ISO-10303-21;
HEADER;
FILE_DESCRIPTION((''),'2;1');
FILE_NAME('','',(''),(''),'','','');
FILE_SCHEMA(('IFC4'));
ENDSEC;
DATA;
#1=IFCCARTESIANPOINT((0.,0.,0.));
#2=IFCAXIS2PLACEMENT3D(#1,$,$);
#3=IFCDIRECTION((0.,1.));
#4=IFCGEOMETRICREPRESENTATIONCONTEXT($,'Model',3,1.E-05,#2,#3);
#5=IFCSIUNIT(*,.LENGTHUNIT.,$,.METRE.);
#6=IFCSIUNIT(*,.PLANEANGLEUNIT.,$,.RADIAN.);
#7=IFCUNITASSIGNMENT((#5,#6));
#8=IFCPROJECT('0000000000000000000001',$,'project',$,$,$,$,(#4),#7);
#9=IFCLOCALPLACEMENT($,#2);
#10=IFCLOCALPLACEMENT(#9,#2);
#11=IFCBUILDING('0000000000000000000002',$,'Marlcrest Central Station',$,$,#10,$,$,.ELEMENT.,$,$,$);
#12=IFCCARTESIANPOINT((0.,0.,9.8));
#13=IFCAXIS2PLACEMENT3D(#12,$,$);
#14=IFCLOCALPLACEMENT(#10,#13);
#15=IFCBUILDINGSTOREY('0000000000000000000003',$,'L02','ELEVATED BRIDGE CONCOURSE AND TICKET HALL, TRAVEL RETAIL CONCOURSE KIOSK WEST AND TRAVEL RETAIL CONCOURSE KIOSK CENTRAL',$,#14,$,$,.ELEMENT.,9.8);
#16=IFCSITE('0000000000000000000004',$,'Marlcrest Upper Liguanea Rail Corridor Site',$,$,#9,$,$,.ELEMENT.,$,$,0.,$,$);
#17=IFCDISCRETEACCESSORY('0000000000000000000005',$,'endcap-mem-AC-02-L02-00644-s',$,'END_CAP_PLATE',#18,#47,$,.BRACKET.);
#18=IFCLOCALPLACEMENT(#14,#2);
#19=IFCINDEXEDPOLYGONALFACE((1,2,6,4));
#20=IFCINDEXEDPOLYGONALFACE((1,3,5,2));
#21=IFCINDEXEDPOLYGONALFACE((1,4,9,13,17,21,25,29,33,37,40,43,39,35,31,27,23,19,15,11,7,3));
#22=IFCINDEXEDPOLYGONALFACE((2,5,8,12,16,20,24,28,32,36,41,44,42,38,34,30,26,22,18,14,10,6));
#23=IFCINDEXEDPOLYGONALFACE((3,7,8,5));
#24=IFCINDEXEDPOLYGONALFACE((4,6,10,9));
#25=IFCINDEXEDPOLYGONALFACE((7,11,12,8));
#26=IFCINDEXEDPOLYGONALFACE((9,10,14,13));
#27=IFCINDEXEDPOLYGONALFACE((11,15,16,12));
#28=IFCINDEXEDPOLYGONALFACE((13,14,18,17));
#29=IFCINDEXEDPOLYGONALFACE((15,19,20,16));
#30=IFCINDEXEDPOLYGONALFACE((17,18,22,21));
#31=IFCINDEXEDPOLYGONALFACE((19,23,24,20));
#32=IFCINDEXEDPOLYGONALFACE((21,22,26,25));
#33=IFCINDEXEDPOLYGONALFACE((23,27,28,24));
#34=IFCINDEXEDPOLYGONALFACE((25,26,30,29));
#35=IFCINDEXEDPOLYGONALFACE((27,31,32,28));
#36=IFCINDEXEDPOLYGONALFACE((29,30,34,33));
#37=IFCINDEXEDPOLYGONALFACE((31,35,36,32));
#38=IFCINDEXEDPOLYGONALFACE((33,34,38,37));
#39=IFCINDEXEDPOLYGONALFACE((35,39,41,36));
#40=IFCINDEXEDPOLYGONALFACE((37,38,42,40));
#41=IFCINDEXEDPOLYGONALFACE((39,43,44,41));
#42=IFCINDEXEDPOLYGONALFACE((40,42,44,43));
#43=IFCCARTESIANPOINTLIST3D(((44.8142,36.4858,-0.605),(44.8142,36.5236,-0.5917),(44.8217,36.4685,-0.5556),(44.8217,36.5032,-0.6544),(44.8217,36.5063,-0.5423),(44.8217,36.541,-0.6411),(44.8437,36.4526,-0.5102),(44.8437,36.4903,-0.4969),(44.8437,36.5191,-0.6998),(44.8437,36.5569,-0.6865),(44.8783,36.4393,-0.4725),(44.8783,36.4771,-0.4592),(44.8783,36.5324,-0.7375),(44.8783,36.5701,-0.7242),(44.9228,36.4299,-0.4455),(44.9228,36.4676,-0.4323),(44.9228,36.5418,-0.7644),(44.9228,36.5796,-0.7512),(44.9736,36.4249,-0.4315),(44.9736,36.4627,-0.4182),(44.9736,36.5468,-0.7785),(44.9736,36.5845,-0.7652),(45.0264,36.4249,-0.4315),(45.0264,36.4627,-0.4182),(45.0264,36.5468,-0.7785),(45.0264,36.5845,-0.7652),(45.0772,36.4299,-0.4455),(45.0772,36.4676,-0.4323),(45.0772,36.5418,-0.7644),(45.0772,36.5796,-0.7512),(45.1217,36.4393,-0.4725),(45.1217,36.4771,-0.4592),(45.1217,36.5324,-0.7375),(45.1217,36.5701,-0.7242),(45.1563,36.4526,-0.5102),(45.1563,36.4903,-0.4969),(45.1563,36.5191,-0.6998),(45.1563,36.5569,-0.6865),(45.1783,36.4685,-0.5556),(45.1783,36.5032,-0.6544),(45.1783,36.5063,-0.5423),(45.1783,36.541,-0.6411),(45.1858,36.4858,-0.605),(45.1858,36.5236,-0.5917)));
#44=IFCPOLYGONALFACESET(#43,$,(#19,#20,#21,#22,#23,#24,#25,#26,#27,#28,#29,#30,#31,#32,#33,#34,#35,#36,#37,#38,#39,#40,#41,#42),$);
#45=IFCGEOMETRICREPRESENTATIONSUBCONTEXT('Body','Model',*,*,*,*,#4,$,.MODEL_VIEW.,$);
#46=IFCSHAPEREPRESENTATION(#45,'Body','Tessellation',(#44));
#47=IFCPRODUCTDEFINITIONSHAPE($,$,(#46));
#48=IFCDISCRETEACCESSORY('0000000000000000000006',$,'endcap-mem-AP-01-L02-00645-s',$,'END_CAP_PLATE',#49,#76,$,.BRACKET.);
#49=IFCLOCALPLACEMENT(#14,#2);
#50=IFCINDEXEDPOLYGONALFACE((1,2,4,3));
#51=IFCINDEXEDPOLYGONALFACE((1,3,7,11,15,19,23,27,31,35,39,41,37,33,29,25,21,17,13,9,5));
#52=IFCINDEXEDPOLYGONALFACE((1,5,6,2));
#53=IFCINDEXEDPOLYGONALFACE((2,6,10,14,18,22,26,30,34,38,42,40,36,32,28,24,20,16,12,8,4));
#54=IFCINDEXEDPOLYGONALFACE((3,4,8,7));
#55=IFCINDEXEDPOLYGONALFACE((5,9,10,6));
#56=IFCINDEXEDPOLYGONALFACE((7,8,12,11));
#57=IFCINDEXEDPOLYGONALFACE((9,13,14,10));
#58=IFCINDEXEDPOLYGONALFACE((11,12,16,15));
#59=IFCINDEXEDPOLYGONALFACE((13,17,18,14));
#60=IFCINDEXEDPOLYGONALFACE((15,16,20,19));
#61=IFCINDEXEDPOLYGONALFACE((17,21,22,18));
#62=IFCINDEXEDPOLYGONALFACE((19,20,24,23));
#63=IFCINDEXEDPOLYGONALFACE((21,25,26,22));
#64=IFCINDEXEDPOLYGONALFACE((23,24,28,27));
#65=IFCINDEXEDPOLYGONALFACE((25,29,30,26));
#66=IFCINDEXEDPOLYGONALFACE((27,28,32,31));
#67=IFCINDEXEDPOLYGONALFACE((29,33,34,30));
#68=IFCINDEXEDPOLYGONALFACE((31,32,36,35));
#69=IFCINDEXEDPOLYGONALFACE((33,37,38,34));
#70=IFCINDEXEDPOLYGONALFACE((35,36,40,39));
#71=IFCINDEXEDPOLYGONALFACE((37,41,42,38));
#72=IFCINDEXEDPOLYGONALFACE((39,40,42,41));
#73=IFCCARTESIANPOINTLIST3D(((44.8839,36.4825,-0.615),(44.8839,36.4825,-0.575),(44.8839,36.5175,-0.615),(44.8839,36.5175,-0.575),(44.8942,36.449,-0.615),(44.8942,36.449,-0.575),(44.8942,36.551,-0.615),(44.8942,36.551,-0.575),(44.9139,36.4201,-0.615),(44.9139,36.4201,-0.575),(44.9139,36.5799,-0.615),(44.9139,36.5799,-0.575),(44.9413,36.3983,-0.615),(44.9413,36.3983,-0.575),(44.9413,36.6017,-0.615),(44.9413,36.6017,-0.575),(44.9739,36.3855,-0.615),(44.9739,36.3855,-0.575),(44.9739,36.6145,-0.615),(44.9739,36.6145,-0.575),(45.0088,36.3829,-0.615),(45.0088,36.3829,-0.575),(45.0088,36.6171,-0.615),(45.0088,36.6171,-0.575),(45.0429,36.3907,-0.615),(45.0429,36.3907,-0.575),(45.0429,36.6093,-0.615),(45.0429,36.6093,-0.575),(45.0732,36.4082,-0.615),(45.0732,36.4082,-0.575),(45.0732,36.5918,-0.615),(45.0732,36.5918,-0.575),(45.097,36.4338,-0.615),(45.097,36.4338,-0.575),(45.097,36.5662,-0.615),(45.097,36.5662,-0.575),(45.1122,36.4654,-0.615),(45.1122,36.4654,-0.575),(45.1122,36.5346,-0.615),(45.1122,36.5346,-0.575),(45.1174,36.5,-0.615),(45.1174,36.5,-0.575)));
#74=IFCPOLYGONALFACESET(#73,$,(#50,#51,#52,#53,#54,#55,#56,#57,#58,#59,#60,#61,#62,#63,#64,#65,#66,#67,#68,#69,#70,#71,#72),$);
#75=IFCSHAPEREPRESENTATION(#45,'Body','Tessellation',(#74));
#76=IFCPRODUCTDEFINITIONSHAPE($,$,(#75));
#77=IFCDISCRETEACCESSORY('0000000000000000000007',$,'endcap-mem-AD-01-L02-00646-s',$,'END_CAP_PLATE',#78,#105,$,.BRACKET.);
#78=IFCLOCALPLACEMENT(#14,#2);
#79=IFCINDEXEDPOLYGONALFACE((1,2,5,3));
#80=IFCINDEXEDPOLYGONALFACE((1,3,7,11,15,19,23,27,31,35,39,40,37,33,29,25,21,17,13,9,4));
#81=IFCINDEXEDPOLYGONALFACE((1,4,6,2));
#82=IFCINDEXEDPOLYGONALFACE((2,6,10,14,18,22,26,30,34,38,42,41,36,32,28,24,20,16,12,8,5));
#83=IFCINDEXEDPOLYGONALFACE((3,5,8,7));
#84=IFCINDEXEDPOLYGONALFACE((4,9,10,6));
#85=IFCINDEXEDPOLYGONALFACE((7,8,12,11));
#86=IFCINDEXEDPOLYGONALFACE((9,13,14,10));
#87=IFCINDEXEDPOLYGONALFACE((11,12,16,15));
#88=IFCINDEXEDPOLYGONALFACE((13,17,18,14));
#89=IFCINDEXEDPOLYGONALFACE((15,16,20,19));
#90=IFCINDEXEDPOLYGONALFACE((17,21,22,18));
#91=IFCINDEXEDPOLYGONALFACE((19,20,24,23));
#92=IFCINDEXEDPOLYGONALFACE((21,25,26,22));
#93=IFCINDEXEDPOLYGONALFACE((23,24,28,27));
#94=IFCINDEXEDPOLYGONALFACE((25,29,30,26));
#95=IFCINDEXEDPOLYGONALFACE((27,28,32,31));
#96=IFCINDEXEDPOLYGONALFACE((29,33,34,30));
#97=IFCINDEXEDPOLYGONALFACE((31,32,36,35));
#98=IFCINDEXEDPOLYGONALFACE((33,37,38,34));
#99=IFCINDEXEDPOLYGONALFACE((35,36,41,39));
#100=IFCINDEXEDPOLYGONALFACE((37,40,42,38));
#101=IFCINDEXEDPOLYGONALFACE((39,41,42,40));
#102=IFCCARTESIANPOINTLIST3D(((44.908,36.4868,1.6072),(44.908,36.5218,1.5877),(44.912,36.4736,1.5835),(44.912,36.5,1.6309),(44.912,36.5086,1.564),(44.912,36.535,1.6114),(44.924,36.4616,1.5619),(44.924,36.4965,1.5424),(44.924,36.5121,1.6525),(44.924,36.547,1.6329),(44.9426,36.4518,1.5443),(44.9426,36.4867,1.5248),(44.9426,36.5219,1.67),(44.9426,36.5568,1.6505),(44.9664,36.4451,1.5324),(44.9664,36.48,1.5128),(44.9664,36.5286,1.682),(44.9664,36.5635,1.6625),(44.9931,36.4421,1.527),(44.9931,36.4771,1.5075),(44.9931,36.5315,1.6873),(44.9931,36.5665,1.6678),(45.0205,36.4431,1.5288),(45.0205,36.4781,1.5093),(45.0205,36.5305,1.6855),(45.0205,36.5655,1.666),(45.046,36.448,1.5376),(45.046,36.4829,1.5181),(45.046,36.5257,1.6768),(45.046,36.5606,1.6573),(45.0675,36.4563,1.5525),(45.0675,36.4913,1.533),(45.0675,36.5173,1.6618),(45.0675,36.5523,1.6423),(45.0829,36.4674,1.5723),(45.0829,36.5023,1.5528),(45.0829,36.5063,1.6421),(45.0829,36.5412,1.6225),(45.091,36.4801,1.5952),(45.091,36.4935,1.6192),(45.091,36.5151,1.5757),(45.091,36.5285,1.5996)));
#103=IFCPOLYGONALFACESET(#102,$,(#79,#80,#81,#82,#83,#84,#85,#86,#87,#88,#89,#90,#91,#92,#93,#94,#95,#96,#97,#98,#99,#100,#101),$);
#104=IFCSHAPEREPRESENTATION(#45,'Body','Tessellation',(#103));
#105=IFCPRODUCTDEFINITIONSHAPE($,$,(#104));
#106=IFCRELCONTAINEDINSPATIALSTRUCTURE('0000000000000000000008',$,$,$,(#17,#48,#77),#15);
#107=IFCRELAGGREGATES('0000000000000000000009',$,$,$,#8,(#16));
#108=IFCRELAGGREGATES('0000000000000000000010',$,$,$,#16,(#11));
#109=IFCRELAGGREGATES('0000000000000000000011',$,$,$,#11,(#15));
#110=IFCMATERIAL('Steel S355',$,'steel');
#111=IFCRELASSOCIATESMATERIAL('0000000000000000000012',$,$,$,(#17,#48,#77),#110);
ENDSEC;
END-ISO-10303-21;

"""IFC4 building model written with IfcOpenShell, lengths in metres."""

from ifc_helpers import new_model, si_unit, direction, frame, origin, origin_2d, place, context, subcontext, project, spatial, circle, extrude, material, element, save


model = new_model("IFC4")

# Units and contexts
model_context = context("Model", 3, precision=1e-05, world=origin(), true_north=direction((0.0, 1.0)))
body_context = subcontext(model_context, "Body", "Model", "MODEL_VIEW")
ifc_project = project(units=[si_unit("LENGTHUNIT", "METRE"), si_unit("PLANEANGLEUNIT", "RADIAN")], contexts=[model_context])

# Site, building, storey
site_placement = place(None, origin())
site = spatial("IfcSite", under=ifc_project, at=site_placement, Name="Marlcrest Upper Liguanea Rail Corridor Site", CompositionType="ELEMENT", RefElevation=0.0)
building_placement = place(site_placement, origin())
building = spatial("IfcBuilding", under=site, at=building_placement, Name="Marlcrest Central Station", CompositionType="ELEMENT")
storey_placement = place(building_placement, frame((0.0, 0.0, 9.8)))
storey = spatial("IfcBuildingStorey", under=building, at=storey_placement, Name="L02", Description="ELEVATED BRIDGE CONCOURSE AND TICKET HALL, TRAVEL RETAIL CONCOURSE KIOSK WEST AND TRAVEL RETAIL CONCOURSE KIOSK CENTRAL", CompositionType="ELEMENT", Elevation=9.8)

# Shared definitions
ifc_material_1 = material(Name="Steel S355", Category="steel")

# Discrete accessories
discrete_accessory_1_placement = place(storey_placement, frame((45.0, 36.4858, -0.605), z_axis=(0.0, 0.943537, 0.331266), x_axis=(-1.0, 0.0, 0.0)))
element("IfcDiscreteAccessory", 1, at=discrete_accessory_1_placement, inside=storey, material=ifc_material_1, Name="endcap-mem-AC-02-L02-00644-s", ObjectType="END_CAP_PLATE", PredefinedType="BRACKET", context=body_context, shape_type="SweptSolid", body=[
    extrude(circle(Radius=0.1858, at=origin_2d()), origin(), (0.0, 0.0, 1.0), 0.04),
])
discrete_accessory_2_placement = place(storey_placement, frame((45.0, 36.5, -0.615), z_axis=(0.0, 0.0, 1.0), x_axis=(1.0, 0.0, 0.0)))
element("IfcDiscreteAccessory", 2, at=discrete_accessory_2_placement, inside=storey, material=ifc_material_1, Name="endcap-mem-AP-01-L02-00645-s", ObjectType="END_CAP_PLATE", PredefinedType="BRACKET", context=body_context, shape_type="SweptSolid", body=[
    extrude(circle(Radius=0.1174, at=origin_2d()), origin(), (0.0, 0.0, 1.0), 0.04),
])
discrete_accessory_3_placement = place(storey_placement, frame((45.0, 36.4868, 1.6072), z_axis=(0.0, 0.873246, -0.48728), x_axis=(-1.0, 0.0, 0.0)))
element("IfcDiscreteAccessory", 3, at=discrete_accessory_3_placement, inside=storey, material=ifc_material_1, Name="endcap-mem-AD-01-L02-00646-s", ObjectType="END_CAP_PLATE", PredefinedType="BRACKET", context=body_context, shape_type="SweptSolid", body=[
    extrude(circle(Radius=0.092, at=origin_2d()), origin(), (0.0, 0.0, 1.0), 0.04),
])

save(model, "model.ifc")
